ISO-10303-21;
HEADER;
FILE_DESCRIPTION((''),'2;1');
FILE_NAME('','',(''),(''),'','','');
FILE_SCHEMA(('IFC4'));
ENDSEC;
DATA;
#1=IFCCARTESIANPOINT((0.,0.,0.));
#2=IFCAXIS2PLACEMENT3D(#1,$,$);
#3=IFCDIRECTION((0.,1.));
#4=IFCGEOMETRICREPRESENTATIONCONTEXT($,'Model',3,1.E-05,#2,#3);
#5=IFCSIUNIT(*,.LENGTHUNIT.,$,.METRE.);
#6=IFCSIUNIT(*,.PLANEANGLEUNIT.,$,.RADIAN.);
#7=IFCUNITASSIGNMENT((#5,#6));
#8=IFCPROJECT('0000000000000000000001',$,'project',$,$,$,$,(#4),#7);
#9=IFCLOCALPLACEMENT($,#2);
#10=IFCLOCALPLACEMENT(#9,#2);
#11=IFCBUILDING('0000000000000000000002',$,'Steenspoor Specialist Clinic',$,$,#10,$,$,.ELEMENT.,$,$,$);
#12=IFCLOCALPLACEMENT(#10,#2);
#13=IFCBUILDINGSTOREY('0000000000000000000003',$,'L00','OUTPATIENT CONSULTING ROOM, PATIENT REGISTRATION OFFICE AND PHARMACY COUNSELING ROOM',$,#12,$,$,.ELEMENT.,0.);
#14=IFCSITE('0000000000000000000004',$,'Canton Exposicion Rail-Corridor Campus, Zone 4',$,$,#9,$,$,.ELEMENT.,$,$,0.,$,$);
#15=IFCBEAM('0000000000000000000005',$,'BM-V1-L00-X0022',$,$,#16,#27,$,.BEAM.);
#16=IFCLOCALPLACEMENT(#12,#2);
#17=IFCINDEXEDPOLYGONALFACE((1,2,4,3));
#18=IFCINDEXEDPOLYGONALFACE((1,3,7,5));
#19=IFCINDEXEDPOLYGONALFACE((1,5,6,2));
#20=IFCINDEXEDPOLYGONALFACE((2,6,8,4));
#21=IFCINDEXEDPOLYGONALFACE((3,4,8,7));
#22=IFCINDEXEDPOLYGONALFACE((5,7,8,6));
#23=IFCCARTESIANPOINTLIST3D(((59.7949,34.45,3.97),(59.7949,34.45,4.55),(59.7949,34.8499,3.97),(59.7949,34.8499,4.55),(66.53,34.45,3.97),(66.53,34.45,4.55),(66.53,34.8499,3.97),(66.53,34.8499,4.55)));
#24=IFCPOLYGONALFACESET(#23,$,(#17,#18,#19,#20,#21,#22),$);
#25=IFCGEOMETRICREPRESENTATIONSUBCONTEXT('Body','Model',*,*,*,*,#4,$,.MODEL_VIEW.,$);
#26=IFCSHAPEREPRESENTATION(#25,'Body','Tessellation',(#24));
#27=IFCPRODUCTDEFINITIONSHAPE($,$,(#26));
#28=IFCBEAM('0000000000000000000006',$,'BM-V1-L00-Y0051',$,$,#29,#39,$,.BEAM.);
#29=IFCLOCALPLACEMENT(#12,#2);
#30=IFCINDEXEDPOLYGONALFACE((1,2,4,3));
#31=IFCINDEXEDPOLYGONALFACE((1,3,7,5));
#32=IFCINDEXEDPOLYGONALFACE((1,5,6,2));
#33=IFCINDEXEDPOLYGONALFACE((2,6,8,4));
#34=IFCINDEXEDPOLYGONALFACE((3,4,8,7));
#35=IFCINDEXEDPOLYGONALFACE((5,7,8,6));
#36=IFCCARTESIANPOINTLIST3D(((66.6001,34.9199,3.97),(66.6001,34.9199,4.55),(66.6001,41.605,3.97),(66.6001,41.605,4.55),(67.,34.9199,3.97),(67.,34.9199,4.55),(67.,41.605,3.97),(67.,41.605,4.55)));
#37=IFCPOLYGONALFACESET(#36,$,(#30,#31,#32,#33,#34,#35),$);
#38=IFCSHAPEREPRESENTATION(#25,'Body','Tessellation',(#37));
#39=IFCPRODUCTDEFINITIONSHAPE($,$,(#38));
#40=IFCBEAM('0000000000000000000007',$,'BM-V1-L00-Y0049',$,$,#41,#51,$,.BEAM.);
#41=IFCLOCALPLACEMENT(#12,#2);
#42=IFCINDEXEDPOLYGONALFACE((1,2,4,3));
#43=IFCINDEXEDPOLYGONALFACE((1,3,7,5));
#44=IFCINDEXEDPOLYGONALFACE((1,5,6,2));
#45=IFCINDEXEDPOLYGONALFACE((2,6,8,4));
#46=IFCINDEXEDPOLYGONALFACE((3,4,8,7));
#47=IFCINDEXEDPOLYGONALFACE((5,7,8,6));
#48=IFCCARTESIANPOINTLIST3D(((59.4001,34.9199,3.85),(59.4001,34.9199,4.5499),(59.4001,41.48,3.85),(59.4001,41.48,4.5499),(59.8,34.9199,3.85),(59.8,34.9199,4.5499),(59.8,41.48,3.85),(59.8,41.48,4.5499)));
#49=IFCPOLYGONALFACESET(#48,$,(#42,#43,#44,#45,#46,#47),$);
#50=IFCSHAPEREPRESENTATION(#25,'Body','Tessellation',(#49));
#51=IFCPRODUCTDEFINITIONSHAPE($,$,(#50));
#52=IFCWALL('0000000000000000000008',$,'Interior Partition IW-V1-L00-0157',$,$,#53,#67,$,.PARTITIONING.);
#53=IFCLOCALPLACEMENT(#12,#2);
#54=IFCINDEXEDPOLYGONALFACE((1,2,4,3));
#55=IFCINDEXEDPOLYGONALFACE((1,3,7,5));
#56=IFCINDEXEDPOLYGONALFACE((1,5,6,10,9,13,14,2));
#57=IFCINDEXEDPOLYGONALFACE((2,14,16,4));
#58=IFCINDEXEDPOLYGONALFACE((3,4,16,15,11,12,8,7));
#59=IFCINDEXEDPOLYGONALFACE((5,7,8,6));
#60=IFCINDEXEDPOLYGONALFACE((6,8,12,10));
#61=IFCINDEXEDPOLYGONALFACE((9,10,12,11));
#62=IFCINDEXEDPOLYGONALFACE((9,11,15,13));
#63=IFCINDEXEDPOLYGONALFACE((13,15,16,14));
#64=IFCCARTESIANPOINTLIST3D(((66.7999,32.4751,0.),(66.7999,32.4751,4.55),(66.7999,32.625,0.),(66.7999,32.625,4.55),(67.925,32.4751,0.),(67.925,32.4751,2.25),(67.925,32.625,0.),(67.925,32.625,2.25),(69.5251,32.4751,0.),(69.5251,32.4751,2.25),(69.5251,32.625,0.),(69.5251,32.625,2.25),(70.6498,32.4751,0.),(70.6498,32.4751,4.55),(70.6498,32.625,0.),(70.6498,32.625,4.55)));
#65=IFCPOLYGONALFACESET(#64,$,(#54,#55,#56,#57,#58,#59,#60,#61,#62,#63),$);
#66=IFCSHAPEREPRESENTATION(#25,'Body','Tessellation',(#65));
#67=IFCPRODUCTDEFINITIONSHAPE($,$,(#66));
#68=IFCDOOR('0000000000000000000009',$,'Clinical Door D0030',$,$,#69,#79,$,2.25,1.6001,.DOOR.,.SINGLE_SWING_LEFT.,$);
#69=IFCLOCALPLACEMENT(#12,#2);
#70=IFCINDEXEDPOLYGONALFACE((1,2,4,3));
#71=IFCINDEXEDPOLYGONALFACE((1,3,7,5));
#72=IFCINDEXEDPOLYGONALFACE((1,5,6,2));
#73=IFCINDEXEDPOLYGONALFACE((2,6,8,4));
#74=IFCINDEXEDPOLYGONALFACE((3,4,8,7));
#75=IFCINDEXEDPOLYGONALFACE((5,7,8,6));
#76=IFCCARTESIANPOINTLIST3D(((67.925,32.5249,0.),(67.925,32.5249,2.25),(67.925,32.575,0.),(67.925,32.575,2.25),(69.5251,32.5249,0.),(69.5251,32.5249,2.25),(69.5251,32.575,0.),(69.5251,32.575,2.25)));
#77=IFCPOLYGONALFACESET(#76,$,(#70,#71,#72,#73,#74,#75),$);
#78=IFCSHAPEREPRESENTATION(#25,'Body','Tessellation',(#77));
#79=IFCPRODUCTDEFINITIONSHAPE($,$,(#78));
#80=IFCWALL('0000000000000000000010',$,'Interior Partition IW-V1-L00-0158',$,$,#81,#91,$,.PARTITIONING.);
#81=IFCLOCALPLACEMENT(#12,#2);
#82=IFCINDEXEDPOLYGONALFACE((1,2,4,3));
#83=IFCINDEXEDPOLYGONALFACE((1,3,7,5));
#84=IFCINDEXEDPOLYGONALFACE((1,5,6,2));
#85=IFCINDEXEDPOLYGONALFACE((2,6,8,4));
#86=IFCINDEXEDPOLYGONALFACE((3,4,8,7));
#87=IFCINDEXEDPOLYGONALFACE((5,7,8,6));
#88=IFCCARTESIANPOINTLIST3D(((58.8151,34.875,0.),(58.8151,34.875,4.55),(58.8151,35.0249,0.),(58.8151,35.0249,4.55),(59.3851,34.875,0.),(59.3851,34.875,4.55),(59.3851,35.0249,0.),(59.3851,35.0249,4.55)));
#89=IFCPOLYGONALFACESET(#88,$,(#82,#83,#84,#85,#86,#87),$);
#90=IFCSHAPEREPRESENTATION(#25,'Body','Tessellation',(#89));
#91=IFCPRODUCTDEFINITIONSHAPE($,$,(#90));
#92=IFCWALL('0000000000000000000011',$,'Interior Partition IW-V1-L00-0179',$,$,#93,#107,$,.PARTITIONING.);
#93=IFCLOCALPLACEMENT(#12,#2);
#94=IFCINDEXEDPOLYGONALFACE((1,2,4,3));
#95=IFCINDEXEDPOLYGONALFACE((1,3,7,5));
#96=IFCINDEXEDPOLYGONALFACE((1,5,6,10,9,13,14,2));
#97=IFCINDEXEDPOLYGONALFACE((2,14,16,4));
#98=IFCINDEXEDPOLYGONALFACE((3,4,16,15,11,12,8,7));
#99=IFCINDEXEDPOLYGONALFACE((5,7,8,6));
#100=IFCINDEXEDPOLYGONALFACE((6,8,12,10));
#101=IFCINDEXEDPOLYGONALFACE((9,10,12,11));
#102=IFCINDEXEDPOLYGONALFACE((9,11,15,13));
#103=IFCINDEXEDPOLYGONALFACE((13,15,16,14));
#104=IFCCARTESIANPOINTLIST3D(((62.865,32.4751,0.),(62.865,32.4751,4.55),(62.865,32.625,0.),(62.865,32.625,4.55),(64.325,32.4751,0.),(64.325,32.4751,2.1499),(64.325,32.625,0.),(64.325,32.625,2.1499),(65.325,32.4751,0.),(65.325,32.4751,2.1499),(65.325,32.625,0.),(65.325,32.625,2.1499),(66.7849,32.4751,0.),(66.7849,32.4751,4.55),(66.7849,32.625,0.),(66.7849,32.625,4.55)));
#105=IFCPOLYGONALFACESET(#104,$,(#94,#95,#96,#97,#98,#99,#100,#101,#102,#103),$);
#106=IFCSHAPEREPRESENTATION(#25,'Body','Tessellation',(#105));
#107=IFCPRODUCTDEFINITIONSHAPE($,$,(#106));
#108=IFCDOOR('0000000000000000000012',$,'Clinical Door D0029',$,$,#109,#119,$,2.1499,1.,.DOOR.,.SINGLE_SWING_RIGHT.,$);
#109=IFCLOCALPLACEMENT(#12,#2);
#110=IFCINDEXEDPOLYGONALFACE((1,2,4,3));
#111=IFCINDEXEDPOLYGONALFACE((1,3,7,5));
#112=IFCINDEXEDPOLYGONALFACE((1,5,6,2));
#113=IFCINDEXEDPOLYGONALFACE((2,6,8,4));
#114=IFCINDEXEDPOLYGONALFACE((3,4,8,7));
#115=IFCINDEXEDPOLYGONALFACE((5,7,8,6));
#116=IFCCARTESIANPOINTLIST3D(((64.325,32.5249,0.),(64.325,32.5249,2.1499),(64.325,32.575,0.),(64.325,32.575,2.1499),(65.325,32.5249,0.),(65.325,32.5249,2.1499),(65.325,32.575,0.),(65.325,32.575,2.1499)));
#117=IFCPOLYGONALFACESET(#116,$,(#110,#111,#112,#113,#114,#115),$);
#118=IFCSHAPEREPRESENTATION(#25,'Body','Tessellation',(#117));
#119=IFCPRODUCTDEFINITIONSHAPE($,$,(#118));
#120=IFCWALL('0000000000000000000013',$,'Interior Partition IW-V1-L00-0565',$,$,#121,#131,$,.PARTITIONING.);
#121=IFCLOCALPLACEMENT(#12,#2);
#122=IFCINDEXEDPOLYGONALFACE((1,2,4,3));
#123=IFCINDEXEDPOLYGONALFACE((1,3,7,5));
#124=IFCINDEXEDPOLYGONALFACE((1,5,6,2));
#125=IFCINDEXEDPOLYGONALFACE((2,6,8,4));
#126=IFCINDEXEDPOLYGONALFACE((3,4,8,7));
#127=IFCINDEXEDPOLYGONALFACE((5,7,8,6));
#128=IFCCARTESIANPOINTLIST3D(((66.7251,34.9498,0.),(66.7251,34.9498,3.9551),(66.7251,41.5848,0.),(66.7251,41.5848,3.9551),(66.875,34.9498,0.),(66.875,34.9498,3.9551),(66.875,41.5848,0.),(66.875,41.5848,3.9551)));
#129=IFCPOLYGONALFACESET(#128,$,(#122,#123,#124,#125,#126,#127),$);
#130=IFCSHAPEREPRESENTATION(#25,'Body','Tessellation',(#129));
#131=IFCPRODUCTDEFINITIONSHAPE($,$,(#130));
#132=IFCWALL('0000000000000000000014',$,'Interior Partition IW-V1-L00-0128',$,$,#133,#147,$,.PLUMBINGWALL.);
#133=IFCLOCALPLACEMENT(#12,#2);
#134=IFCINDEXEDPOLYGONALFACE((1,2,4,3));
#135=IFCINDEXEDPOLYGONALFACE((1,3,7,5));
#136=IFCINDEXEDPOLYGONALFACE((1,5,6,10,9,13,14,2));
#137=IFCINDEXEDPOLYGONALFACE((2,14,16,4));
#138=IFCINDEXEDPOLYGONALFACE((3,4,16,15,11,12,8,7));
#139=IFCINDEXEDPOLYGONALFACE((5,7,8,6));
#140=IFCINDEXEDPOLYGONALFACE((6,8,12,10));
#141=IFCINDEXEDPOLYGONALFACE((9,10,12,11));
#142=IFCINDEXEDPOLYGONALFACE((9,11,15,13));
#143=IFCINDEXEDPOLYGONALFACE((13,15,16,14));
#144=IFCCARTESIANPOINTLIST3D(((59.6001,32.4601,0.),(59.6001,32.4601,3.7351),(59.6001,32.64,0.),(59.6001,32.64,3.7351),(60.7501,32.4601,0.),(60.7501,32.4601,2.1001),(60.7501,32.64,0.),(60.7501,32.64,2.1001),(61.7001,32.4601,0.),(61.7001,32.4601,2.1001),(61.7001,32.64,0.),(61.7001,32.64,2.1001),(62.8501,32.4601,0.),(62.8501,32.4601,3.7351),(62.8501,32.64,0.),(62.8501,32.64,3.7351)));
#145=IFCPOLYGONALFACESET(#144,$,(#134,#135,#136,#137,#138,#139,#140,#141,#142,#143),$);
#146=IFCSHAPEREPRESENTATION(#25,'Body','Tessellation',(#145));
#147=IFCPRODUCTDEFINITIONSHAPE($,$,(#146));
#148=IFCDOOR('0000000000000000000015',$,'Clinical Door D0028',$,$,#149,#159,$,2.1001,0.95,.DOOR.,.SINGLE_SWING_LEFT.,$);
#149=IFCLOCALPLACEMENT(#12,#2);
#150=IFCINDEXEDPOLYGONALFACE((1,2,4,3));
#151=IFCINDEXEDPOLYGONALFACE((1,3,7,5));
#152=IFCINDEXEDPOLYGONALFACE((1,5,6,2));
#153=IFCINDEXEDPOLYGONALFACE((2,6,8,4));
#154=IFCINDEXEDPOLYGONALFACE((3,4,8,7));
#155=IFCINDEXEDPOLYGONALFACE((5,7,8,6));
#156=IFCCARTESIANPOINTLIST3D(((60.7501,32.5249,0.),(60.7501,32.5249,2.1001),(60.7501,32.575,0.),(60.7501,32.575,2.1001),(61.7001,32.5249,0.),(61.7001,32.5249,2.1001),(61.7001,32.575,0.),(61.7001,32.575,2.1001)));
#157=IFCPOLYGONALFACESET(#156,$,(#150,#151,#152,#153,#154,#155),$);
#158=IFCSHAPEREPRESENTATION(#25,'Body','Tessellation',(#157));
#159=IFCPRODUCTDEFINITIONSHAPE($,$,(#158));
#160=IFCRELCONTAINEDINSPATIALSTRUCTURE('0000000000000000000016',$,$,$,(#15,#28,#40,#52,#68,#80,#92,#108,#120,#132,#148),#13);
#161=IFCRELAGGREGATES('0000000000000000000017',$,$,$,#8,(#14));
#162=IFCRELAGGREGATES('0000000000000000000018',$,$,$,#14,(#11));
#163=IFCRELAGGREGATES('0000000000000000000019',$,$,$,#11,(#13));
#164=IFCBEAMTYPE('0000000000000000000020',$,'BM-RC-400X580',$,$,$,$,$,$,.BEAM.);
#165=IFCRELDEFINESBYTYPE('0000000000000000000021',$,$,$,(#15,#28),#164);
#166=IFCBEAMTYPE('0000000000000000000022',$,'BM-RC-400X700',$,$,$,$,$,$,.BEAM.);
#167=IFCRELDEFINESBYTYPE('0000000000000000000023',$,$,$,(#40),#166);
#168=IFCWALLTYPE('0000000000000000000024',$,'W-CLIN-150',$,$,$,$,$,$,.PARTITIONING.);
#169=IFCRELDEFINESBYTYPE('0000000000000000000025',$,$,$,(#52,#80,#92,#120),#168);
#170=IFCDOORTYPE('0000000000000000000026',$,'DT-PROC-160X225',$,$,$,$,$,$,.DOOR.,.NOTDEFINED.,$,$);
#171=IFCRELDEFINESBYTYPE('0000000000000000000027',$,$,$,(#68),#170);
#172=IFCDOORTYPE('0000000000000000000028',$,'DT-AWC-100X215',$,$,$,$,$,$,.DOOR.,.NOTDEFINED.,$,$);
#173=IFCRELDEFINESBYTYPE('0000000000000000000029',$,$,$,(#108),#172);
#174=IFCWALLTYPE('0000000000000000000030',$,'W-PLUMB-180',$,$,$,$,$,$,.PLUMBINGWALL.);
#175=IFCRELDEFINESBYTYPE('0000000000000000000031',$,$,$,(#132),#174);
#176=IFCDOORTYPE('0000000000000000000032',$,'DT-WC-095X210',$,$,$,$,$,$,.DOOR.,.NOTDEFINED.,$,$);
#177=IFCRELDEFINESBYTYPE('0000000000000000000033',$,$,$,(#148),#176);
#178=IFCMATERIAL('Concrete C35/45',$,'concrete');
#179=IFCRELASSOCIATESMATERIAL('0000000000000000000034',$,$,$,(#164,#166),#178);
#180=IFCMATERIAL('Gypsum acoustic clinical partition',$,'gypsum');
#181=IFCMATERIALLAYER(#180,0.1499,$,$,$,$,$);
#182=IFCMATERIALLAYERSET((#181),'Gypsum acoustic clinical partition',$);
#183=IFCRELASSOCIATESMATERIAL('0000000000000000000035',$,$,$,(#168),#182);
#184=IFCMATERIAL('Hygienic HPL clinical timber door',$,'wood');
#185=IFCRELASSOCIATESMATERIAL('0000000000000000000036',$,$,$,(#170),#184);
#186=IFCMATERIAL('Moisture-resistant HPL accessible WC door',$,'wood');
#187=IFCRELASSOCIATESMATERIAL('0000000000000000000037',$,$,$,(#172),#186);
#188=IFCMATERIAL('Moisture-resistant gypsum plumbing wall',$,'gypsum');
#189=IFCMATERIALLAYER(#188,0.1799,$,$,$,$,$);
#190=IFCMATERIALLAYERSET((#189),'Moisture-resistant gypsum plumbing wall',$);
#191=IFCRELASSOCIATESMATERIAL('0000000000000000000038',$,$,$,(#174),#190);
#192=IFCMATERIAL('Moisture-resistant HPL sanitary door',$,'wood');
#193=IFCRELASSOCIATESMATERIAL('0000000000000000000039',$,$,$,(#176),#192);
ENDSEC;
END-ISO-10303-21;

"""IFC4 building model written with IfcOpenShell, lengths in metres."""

from ifc_helpers import new_model, si_unit, direction, frame, frame_2d, origin, origin_2d, place, context, subcontext, project, spatial, rectangle, extrude, material, layer, layer_set, material_profile, profile_set, type_object, element, fill, save


model = new_model("IFC4")

# Units and contexts
model_context = context("Model", 3, precision=1e-05, world=origin(), true_north=direction((0.0, 1.0)))
body_context = subcontext(model_context, "Body", "Model", "MODEL_VIEW")
ifc_project = project(units=[si_unit("LENGTHUNIT", "METRE"), si_unit("PLANEANGLEUNIT", "RADIAN")], contexts=[model_context])

# Site, building, storey
site_placement = place(None, origin())
site = spatial("IfcSite", under=ifc_project, at=site_placement, Name="Canton Exposicion Rail-Corridor Campus, Zone 4", CompositionType="ELEMENT", RefElevation=0.0)
building_placement = place(site_placement, origin())
building = spatial("IfcBuilding", under=site, at=building_placement, Name="Steenspoor Specialist Clinic", CompositionType="ELEMENT")
storey_placement = place(building_placement, origin())
storey = spatial("IfcBuildingStorey", under=building, at=storey_placement, Name="L00", Description="OUTPATIENT CONSULTING ROOM, PATIENT REGISTRATION OFFICE AND PHARMACY COUNSELING ROOM", CompositionType="ELEMENT", Elevation=0.0)

# Shared definitions
ifc_material_1 = material(Name="Concrete C35/45", Category="concrete")

# Beams
ifc_material_profile_1 = material_profile(ifc_material_1, rectangle(XDim=0.3999, YDim=0.5801, at=origin_2d()), Name="RC-BM-400X580")
ifc_profile_set_1 = profile_set([ifc_material_profile_1], Name="Concrete C35/45")
beam_type_1 = type_object("IfcBeamType", Name="BM-RC-400X580", PredefinedType="BEAM", material=ifc_profile_set_1)
beam_1_placement = place(storey_placement, frame((59.7949, 34.6499, 4.26), z_axis=(1.0, 0.0, 0.0), x_axis=(0.0, 1.0, 0.0)))
element("IfcBeam", 1, at=beam_1_placement, inside=storey, type_object=beam_type_1, Name="BM-V1-L00-X0022", PredefinedType="BEAM", context=body_context, shape_type="SweptSolid", body=[
    extrude(rectangle(XDim=0.3999, YDim=0.5801, at=origin_2d()), origin(), (0.0, 0.0, 1.0), 6.7351),
])
beam_2_placement = place(storey_placement, frame((66.8, 34.9199, 4.26), z_axis=(0.0, 1.0, 0.0), x_axis=(-1.0, 0.0, 0.0)))
element("IfcBeam", 2, at=beam_2_placement, inside=storey, type_object=beam_type_1, Name="BM-V1-L00-Y0051", PredefinedType="BEAM", context=body_context, shape_type="SweptSolid", body=[
    extrude(rectangle(XDim=0.3999, YDim=0.5801, at=origin_2d()), origin(), (0.0, 0.0, 1.0), 6.6851),
])
ifc_material_profile_2 = material_profile(ifc_material_1, rectangle(XDim=0.3999, YDim=0.7, at=origin_2d()), Name="RC-BM-400X700")
ifc_profile_set_2 = profile_set([ifc_material_profile_2], Name="Concrete C35/45")
beam_type_2 = type_object("IfcBeamType", Name="BM-RC-400X700", PredefinedType="BEAM", material=ifc_profile_set_2)
beam_3_placement = place(storey_placement, frame((59.6001, 34.9199, 4.2), z_axis=(0.0, 1.0, 0.0), x_axis=(-1.0, 0.0, 0.0)))
element("IfcBeam", 3, at=beam_3_placement, inside=storey, type_object=beam_type_2, Name="BM-V1-L00-Y0049", PredefinedType="BEAM", context=body_context, shape_type="SweptSolid", body=[
    extrude(rectangle(XDim=0.3999, YDim=0.7, at=origin_2d()), origin(), (0.0, 0.0, 1.0), 6.5601),
])

# Wall, opening, door
ifc_material_2 = material(Name="Gypsum acoustic clinical partition", Category="gypsum")
ifc_layer_1 = layer(ifc_material_2, 0.1499)
ifc_layer_set_1 = layer_set([ifc_layer_1], Name="Gypsum acoustic clinical partition")
wall_type_1 = type_object("IfcWallType", Name="W-CLIN-150", PredefinedType="PARTITIONING", material=ifc_layer_set_1)
wall_1_placement = place(storey_placement, frame((66.8, 32.55, 0.0), z_axis=(0.0, 0.0, 1.0), x_axis=(1.0, 0.0, 0.0)))
wall_1 = element("IfcWall", 4, at=wall_1_placement, inside=storey, type_object=wall_type_1, Name="Interior Partition IW-V1-L00-0157", PredefinedType="PARTITIONING", context=body_context, shape_type="SweptSolid", body=[
    extrude(rectangle(XDim=3.8499, YDim=0.1499, at=frame_2d((1.9248, 0.0))), origin(), (0.0, 0.0, 1.0), 4.55),
])
opening_1_placement = place(wall_1_placement, frame((1.125, 0.0, 0.0)))
opening_1 = element("IfcOpeningElement", 5, at=opening_1_placement, cuts=wall_1, PredefinedType="OPENING", context=body_context, shape_type="SweptSolid", body=[
    extrude(rectangle(XDim=1.6001, YDim=2.25, at=frame_2d((0.8, 1.125))), frame((0.0, 0.085, 0.0), z_axis=(0.0, -1.0, 0.0), x_axis=(1.0, 0.0, 0.0)), (0.0, 0.0, 1.0), 0.1699),
])
ifc_material_3 = material(Name="Hygienic HPL clinical timber door", Category="wood")
door_type_1 = type_object("IfcDoorType", Name="DT-PROC-160X225", OperationType="NOTDEFINED", PredefinedType="DOOR", material=ifc_material_3)
door_1_placement = place(opening_1_placement, origin())
door_1 = element("IfcDoor", 6, at=door_1_placement, inside=storey, type_object=door_type_1, Name="Clinical Door D0030", OperationType="SINGLE_SWING_LEFT", OverallHeight=2.25, OverallWidth=1.6001, PredefinedType="DOOR", context=body_context, shape_type="SweptSolid", body=[
    extrude(rectangle(XDim=1.6001, YDim=2.25, at=frame_2d((0.8, 1.125))), frame((0.0, 0.0249, 0.0), z_axis=(0.0, -1.0, 0.0), x_axis=(1.0, 0.0, 0.0)), (0.0, 0.0, 1.0), 0.05),
])
fill(opening_1, door_1)

# Wall
wall_2_placement = place(storey_placement, frame((58.8149, 34.95, 0.0), z_axis=(0.0, 0.0, 1.0), x_axis=(1.0, 0.0, 0.0)))
element("IfcWall", 7, at=wall_2_placement, inside=storey, type_object=wall_type_1, Name="Interior Partition IW-V1-L00-0158", PredefinedType="PARTITIONING", context=body_context, shape_type="SweptSolid", body=[
    extrude(rectangle(XDim=0.5701, YDim=0.1499, at=frame_2d((0.2852, 0.0))), origin(), (0.0, 0.0, 1.0), 4.55),
])

# Wall, opening, door
wall_3_placement = place(storey_placement, frame((62.865, 32.55, 0.0), z_axis=(0.0, 0.0, 1.0), x_axis=(1.0, 0.0, 0.0)))
wall_3 = element("IfcWall", 8, at=wall_3_placement, inside=storey, type_object=wall_type_1, Name="Interior Partition IW-V1-L00-0179", PredefinedType="PARTITIONING", context=body_context, shape_type="SweptSolid", body=[
    extrude(rectangle(XDim=3.9199, YDim=0.1499, at=frame_2d((1.96, 0.0))), origin(), (0.0, 0.0, 1.0), 4.55),
])
opening_2_placement = place(wall_3_placement, frame((1.46, 0.0, 0.0)))
opening_2 = element("IfcOpeningElement", 9, at=opening_2_placement, cuts=wall_3, PredefinedType="OPENING", context=body_context, shape_type="SweptSolid", body=[
    extrude(rectangle(XDim=1.0, YDim=2.1499, at=frame_2d((0.5, 1.075))), frame((0.0, 0.085, 0.0), z_axis=(0.0, -1.0, 0.0), x_axis=(1.0, 0.0, 0.0)), (0.0, 0.0, 1.0), 0.1699),
])
ifc_material_4 = material(Name="Moisture-resistant HPL accessible WC door", Category="wood")
door_type_2 = type_object("IfcDoorType", Name="DT-AWC-100X215", OperationType="NOTDEFINED", PredefinedType="DOOR", material=ifc_material_4)
door_2_placement = place(opening_2_placement, origin())
door_2 = element("IfcDoor", 10, at=door_2_placement, inside=storey, type_object=door_type_2, Name="Clinical Door D0029", OperationType="SINGLE_SWING_RIGHT", OverallHeight=2.1499, OverallWidth=1.0, PredefinedType="DOOR", context=body_context, shape_type="SweptSolid", body=[
    extrude(rectangle(XDim=1.0, YDim=2.1499, at=frame_2d((0.5, 1.075))), frame((0.0, 0.0249, 0.0), z_axis=(0.0, -1.0, 0.0), x_axis=(1.0, 0.0, 0.0)), (0.0, 0.0, 1.0), 0.05),
])
fill(opening_2, door_2)

# Wall
wall_4_placement = place(storey_placement, frame((66.8, 34.95, 0.0), z_axis=(0.0, 0.0, 1.0), x_axis=(0.0, 1.0, 0.0)))
element("IfcWall", 11, at=wall_4_placement, inside=storey, type_object=wall_type_1, Name="Interior Partition IW-V1-L00-0565", PredefinedType="PARTITIONING", context=body_context, shape_type="SweptSolid", body=[
    extrude(rectangle(XDim=6.635, YDim=0.1499, at=frame_2d((3.3174, 0.0))), origin(), (0.0, 0.0, 1.0), 3.9551),
])

# Wall, opening, door
ifc_material_5 = material(Name="Moisture-resistant gypsum plumbing wall", Category="gypsum")
ifc_layer_2 = layer(ifc_material_5, 0.1799)
ifc_layer_set_2 = layer_set([ifc_layer_2], Name="Moisture-resistant gypsum plumbing wall")
wall_type_2 = type_object("IfcWallType", Name="W-PLUMB-180", PredefinedType="PLUMBINGWALL", material=ifc_layer_set_2)
wall_5_placement = place(storey_placement, frame((59.6001, 32.55, 0.0), z_axis=(0.0, 0.0, 1.0), x_axis=(1.0, 0.0, 0.0)))
wall_5 = element("IfcWall", 12, at=wall_5_placement, inside=storey, type_object=wall_type_2, Name="Interior Partition IW-V1-L00-0128", PredefinedType="PLUMBINGWALL", context=body_context, shape_type="SweptSolid", body=[
    extrude(rectangle(XDim=3.25, YDim=0.1799, at=frame_2d((1.625, 0.0))), origin(), (0.0, 0.0, 1.0), 3.7351),
])
opening_3_placement = place(wall_5_placement, frame((1.1499, 0.0, 0.0)))
opening_3 = element("IfcOpeningElement", 13, at=opening_3_placement, cuts=wall_5, PredefinedType="OPENING", context=body_context, shape_type="SweptSolid", body=[
    extrude(rectangle(XDim=0.95, YDim=2.1001, at=frame_2d((0.4751, 1.05))), frame((0.0, 0.1001, 0.0), z_axis=(0.0, -1.0, 0.0), x_axis=(1.0, 0.0, 0.0)), (0.0, 0.0, 1.0), 0.2),
])
ifc_material_6 = material(Name="Moisture-resistant HPL sanitary door", Category="wood")
door_type_3 = type_object("IfcDoorType", Name="DT-WC-095X210", OperationType="NOTDEFINED", PredefinedType="DOOR", material=ifc_material_6)
door_3_placement = place(opening_3_placement, origin())
door_3 = element("IfcDoor", 14, at=door_3_placement, inside=storey, type_object=door_type_3, Name="Clinical Door D0028", OperationType="SINGLE_SWING_LEFT", OverallHeight=2.1001, OverallWidth=0.95, PredefinedType="DOOR", context=body_context, shape_type="SweptSolid", body=[
    extrude(rectangle(XDim=0.95, YDim=2.1001, at=frame_2d((0.4751, 1.05))), frame((0.0, 0.0249, 0.0), z_axis=(0.0, -1.0, 0.0), x_axis=(1.0, 0.0, 0.0)), (0.0, 0.0, 1.0), 0.05),
])
fill(opening_3, door_3)

save(model, "model.ifc")
